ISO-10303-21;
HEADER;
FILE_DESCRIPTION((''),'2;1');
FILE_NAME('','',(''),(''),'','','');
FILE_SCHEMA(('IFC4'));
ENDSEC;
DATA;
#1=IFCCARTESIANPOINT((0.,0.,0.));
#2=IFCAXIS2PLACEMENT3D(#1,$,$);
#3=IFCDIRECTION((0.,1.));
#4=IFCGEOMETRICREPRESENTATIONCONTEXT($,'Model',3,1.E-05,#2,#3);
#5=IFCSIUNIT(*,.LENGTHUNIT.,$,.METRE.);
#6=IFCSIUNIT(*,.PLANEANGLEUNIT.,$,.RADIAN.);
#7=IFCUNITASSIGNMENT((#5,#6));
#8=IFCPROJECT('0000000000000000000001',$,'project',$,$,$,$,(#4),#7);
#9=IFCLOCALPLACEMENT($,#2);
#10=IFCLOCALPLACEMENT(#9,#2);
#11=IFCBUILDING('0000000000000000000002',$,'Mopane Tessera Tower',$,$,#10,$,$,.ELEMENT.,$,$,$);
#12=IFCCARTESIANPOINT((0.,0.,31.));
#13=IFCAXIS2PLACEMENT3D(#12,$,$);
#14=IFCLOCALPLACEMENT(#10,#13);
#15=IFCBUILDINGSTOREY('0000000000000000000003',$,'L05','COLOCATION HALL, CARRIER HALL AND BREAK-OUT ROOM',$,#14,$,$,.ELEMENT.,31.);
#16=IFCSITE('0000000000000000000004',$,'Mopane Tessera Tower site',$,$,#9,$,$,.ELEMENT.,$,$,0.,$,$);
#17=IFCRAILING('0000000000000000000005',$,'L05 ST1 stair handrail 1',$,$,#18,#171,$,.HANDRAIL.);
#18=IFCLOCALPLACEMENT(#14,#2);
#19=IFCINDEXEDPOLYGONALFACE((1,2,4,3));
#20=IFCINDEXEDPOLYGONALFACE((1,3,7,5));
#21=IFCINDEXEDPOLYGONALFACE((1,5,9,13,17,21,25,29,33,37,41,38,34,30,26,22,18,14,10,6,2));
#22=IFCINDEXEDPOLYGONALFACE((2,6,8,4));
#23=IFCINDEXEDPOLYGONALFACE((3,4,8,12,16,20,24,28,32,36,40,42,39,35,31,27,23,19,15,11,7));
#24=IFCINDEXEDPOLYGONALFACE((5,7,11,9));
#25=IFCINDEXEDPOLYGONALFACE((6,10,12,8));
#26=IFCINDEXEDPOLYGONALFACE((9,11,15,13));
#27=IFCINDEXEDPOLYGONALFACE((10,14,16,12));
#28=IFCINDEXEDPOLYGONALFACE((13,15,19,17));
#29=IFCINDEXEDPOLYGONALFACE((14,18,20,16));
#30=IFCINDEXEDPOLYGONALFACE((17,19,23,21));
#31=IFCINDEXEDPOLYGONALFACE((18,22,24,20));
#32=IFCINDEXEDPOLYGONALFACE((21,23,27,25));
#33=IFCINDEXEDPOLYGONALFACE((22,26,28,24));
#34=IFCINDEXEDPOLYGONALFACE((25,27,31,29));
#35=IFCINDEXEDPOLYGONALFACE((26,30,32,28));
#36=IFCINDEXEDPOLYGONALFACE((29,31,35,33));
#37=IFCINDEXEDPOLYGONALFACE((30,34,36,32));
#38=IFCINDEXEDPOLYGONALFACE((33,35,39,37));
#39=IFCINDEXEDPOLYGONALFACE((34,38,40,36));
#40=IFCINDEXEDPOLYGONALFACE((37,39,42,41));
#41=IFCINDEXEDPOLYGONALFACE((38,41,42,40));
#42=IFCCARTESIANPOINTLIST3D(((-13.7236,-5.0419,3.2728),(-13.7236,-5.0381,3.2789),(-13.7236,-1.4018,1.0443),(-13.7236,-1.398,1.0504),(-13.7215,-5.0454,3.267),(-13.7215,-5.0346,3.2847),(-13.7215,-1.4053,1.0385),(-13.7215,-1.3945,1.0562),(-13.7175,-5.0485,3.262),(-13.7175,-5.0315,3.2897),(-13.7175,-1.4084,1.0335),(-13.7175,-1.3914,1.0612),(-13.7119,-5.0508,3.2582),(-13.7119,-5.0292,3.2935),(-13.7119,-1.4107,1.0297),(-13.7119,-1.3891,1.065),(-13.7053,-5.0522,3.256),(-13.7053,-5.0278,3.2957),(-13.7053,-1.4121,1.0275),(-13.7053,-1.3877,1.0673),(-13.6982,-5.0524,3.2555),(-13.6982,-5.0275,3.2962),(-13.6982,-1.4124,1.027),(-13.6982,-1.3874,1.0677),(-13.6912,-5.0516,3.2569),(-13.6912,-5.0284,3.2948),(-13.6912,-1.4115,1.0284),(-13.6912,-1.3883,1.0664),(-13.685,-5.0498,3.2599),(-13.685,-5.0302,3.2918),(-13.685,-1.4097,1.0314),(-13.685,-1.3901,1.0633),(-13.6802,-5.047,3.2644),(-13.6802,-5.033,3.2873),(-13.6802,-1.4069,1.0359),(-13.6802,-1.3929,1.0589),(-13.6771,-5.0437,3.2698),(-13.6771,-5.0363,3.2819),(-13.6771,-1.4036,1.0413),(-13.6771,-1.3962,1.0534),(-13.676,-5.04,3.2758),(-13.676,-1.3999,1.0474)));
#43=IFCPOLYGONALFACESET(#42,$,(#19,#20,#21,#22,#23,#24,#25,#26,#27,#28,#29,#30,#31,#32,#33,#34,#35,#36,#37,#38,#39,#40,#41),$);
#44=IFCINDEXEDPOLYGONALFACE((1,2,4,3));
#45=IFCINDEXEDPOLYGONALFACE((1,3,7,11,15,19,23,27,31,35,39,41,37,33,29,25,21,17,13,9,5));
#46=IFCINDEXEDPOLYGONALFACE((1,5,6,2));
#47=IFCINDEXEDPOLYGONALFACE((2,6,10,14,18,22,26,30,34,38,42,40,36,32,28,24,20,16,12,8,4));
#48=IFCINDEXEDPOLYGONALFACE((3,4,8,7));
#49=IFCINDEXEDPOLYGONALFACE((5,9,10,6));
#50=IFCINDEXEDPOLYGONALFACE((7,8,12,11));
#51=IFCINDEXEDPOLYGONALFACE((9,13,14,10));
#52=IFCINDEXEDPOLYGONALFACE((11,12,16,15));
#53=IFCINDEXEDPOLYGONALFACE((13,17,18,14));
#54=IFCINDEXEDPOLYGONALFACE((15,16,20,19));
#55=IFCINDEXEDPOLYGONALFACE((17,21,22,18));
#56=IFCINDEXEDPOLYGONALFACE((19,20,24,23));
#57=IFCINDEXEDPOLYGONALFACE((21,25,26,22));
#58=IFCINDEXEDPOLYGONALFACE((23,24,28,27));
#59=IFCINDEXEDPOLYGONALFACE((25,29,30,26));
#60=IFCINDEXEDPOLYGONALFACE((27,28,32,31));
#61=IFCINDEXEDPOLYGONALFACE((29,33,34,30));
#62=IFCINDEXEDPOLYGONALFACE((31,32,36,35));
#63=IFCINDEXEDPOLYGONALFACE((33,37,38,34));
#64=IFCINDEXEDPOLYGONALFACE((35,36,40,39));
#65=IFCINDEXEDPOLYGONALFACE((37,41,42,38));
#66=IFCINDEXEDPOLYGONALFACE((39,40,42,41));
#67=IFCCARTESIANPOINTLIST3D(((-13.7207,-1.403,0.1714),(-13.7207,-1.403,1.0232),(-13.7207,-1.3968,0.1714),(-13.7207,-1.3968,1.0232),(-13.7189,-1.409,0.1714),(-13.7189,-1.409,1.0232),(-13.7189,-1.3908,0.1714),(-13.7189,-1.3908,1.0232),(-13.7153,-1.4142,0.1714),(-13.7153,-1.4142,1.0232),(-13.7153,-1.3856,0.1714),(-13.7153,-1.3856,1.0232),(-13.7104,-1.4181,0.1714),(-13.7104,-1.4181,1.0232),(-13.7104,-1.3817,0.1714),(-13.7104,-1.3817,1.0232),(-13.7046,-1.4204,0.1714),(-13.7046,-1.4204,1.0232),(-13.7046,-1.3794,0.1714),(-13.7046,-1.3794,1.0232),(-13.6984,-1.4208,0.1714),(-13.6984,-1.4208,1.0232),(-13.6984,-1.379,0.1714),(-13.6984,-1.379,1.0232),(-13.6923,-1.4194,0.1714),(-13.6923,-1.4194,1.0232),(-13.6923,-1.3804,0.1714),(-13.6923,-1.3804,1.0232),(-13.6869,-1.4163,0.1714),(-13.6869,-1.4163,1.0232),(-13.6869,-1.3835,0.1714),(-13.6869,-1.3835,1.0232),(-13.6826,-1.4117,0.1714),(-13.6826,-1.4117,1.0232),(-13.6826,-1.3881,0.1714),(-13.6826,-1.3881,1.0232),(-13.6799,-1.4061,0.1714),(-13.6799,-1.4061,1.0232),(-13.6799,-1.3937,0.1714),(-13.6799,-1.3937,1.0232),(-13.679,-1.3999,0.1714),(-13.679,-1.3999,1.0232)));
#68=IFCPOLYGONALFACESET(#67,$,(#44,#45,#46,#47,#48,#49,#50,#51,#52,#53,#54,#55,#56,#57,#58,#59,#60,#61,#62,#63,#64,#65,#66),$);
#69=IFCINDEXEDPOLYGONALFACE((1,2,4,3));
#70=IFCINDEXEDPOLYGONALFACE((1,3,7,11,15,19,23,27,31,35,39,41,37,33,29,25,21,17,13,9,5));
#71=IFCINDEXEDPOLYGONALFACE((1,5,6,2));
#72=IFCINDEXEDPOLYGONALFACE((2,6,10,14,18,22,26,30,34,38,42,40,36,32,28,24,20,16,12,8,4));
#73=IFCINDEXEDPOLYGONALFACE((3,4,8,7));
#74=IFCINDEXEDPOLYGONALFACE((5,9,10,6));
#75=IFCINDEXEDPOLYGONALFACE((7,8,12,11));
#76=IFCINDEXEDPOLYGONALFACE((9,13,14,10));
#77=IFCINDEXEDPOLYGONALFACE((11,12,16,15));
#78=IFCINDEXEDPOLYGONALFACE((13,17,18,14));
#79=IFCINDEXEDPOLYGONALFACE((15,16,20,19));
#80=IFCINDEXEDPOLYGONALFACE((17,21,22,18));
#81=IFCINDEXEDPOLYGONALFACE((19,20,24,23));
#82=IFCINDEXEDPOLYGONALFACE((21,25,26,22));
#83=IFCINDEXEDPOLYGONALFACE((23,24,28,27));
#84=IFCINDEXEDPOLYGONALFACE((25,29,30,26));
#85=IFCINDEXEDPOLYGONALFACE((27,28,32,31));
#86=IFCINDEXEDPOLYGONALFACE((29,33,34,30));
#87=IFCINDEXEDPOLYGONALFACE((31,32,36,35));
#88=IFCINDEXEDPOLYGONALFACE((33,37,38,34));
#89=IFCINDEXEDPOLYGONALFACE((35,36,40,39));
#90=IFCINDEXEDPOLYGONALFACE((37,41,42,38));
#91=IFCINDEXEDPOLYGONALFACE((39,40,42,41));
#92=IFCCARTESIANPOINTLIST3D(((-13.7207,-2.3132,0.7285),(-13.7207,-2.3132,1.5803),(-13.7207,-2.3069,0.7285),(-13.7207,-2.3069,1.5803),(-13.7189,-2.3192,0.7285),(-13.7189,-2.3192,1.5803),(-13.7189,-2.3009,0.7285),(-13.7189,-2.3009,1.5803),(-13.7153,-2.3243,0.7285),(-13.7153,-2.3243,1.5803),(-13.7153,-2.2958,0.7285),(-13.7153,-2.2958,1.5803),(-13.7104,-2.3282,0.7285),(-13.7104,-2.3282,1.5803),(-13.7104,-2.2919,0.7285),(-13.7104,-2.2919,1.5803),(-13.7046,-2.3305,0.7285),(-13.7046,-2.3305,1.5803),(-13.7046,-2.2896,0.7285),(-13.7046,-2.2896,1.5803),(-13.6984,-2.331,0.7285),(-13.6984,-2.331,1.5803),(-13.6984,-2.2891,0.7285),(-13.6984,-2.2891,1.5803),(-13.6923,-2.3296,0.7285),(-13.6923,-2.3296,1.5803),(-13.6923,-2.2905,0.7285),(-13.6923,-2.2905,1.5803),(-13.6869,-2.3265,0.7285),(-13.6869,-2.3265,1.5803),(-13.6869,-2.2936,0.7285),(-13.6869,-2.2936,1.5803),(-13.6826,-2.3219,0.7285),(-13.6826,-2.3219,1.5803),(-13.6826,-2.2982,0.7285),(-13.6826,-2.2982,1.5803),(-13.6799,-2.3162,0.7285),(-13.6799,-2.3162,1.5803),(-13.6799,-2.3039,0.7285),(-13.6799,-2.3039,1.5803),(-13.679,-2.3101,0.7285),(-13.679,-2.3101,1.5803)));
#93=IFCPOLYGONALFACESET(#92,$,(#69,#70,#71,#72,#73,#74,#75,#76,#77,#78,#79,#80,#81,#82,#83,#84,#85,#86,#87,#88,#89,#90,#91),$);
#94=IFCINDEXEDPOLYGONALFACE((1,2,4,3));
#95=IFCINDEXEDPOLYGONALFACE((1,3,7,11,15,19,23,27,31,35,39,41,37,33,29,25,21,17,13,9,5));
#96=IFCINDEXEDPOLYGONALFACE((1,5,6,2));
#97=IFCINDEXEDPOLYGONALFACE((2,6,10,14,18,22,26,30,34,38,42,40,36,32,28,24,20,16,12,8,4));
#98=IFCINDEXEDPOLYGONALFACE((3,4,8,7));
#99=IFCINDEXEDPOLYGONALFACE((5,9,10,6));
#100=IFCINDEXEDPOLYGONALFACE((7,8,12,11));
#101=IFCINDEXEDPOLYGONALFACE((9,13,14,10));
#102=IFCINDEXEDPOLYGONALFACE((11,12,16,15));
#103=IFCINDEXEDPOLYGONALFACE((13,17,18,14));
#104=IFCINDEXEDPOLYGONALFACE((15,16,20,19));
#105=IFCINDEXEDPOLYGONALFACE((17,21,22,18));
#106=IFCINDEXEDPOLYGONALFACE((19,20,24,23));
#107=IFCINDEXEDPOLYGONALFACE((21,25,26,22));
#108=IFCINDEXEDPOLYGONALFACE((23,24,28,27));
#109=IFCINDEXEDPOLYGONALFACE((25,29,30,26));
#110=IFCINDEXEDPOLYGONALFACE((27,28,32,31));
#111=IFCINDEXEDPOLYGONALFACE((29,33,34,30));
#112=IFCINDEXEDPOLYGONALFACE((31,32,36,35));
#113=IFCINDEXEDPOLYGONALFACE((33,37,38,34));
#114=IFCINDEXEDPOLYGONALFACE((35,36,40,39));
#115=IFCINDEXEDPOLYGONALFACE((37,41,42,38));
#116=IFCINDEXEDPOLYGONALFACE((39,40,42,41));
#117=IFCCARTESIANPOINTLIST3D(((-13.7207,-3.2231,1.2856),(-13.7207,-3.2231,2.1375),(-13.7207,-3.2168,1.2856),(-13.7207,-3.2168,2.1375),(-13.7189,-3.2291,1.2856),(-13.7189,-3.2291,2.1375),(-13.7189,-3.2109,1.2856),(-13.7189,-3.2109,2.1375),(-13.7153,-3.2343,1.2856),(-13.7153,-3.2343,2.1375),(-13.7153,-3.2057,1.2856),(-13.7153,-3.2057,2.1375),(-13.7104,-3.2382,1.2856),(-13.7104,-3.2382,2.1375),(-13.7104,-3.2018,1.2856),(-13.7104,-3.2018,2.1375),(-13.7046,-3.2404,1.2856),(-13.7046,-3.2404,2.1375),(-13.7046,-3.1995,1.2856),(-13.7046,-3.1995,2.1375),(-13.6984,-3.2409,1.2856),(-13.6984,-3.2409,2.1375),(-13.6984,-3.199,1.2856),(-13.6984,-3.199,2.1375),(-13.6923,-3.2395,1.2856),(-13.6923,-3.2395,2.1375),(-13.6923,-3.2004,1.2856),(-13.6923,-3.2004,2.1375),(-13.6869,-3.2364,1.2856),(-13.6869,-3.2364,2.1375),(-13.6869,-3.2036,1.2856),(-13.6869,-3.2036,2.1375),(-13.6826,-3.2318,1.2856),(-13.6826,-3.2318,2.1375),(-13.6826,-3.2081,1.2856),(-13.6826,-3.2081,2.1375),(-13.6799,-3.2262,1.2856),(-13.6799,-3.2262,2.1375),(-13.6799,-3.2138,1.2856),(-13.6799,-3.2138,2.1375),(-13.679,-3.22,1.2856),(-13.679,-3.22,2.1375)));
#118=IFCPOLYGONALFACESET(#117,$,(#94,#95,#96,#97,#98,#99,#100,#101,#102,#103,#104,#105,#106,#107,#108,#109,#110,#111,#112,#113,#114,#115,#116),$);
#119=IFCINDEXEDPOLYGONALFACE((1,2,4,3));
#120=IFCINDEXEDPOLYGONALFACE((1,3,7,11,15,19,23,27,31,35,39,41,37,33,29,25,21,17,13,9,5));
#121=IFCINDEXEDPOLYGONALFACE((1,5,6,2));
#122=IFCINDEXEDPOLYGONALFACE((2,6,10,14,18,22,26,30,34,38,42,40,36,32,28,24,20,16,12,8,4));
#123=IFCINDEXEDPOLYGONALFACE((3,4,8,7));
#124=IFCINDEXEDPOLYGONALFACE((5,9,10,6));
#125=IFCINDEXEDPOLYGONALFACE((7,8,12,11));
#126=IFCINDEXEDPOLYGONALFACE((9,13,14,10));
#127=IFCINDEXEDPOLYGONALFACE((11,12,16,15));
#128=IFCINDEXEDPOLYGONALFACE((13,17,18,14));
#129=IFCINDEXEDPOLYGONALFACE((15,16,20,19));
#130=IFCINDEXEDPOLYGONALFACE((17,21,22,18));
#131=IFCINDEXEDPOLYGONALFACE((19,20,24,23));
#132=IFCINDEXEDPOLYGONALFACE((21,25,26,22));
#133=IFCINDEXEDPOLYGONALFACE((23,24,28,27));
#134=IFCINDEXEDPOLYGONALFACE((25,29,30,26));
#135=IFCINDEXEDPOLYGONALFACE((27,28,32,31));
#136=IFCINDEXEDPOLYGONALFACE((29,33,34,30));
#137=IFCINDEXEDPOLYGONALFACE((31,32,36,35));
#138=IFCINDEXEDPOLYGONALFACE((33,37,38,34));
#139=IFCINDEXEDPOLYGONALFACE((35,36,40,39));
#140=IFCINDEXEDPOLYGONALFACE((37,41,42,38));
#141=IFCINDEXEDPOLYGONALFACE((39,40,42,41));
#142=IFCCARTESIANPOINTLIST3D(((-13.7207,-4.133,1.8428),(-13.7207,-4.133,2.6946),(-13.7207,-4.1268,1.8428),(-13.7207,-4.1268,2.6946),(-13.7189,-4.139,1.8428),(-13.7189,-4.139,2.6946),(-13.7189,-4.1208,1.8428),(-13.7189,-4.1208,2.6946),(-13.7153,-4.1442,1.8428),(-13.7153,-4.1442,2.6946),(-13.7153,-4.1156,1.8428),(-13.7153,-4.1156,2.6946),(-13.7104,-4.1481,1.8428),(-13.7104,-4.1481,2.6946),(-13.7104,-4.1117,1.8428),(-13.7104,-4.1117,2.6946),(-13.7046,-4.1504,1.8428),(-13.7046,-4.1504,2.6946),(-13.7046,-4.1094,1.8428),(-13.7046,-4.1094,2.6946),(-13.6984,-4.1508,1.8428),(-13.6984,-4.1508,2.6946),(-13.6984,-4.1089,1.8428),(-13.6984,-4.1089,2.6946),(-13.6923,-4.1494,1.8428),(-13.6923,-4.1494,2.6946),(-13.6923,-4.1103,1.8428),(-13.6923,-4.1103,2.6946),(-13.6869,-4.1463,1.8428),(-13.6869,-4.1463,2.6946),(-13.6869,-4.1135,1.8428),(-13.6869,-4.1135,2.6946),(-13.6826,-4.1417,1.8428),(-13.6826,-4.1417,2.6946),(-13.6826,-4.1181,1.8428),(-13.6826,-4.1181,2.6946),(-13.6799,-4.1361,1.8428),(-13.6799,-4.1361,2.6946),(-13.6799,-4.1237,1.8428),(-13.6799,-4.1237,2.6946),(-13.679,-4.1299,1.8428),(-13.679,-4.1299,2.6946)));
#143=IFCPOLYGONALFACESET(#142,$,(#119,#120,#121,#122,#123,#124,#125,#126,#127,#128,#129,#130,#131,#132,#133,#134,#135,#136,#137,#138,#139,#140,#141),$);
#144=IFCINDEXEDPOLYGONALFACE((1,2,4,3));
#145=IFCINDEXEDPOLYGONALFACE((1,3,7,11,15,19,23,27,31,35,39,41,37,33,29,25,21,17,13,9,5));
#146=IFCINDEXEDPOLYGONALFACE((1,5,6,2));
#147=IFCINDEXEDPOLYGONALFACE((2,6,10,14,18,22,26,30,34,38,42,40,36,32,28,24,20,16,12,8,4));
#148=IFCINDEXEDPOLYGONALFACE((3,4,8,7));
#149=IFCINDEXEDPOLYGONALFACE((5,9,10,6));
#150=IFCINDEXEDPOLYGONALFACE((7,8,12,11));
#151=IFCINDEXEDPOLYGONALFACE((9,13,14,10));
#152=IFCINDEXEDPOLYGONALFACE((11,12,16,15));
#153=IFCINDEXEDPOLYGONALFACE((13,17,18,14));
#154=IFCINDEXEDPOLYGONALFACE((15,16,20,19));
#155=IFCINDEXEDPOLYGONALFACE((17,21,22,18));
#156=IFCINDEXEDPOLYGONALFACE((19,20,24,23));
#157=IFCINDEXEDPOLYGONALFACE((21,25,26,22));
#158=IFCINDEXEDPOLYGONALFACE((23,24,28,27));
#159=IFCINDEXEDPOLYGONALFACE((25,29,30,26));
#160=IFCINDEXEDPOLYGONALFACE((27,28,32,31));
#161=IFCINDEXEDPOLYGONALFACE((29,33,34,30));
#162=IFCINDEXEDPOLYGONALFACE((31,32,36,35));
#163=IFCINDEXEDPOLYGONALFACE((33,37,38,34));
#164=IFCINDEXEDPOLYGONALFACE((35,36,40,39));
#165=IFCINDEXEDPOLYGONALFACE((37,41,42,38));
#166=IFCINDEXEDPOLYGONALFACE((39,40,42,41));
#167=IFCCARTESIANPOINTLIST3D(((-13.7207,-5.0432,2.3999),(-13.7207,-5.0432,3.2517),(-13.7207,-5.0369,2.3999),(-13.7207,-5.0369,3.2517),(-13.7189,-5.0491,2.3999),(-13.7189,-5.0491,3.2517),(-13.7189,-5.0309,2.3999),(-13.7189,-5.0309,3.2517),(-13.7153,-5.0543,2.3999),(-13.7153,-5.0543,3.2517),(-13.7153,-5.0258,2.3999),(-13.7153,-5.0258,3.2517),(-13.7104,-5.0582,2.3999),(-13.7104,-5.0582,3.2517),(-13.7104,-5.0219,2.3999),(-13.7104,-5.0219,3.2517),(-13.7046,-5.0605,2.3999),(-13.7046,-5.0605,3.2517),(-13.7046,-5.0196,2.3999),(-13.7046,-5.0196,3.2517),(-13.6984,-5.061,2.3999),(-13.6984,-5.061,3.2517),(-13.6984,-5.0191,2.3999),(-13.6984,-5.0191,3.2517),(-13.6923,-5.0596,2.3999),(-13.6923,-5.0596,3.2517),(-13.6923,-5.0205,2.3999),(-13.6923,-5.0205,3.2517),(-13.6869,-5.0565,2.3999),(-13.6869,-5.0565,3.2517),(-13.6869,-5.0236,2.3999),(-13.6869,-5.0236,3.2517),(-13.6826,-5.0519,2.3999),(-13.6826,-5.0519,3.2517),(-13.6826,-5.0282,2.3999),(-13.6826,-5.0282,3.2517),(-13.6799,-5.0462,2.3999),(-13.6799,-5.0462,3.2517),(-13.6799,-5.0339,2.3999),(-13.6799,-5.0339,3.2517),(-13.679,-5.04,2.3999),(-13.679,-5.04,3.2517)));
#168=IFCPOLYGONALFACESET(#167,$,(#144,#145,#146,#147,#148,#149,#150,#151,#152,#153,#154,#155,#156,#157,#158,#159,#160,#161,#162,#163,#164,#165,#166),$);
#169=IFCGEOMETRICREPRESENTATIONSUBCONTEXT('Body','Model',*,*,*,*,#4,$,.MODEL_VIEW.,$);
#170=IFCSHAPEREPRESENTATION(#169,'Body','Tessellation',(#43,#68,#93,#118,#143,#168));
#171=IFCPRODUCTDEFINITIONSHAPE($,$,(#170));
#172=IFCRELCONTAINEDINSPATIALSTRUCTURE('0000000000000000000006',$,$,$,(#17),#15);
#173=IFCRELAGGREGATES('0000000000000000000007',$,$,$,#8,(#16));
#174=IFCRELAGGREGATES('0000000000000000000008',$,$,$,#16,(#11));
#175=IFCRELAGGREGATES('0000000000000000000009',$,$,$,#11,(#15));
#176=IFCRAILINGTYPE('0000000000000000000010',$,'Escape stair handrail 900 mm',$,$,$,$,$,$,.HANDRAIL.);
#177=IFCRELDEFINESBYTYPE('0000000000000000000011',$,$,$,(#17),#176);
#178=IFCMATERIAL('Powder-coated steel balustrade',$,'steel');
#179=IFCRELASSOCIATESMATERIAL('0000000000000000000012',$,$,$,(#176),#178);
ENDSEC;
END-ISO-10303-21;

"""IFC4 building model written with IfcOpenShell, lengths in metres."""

from ifc_helpers import new_model, si_unit, direction, frame, origin, origin_2d, place, context, subcontext, project, spatial, circle, extrude, material, type_object, element, save


model = new_model("IFC4")

# Units and contexts
model_context = context("Model", 3, precision=1e-05, world=origin(), true_north=direction((0.0, 1.0)))
body_context = subcontext(model_context, "Body", "Model", "MODEL_VIEW")
ifc_project = project(units=[si_unit("LENGTHUNIT", "METRE"), si_unit("PLANEANGLEUNIT", "RADIAN")], contexts=[model_context])

# Site, building, storey
site_placement = place(None, origin())
site = spatial("IfcSite", under=ifc_project, at=site_placement, Name="Mopane Tessera Tower site", CompositionType="ELEMENT", RefElevation=0.0)
building_placement = place(site_placement, origin())
building = spatial("IfcBuilding", under=site, at=building_placement, Name="Mopane Tessera Tower", CompositionType="ELEMENT")
storey_placement = place(building_placement, frame((0.0, 0.0, 31.0)))
storey = spatial("IfcBuildingStorey", under=building, at=storey_placement, Name="L05", Description="COLOCATION HALL, CARRIER HALL AND BREAK-OUT ROOM", CompositionType="ELEMENT", Elevation=31.0)

# Railing
ifc_material_1 = material(Name="Powder-coated steel balustrade", Category="steel")
railing_type_1 = type_object("IfcRailingType", Name="Escape stair handrail 900 mm", PredefinedType="HANDRAIL", material=ifc_material_1)
railing_1_placement = place(storey_placement, frame((-13.7, -1.3999, 0.1714)))
element("IfcRailing", 1, at=railing_1_placement, inside=storey, type_object=railing_type_1, Name="L05 ST1 stair handrail 1", PredefinedType="HANDRAIL", context=body_context, shape_type="SweptSolid", body=[
    extrude(circle(Radius=0.0239, at=origin_2d()), frame((0.0, 0.0, 0.876), z_axis=(0.0, -0.852866, 0.52213), x_axis=(1.0, 0.0, 0.0)), (0.0, 0.0, 1.0), 4.2681),
    extrude(circle(Radius=0.021, at=origin_2d()), origin(), (0.0, 0.0, 1.0), 0.8518),
    extrude(circle(Radius=0.021, at=origin_2d()), frame((0.0, -0.9102, 0.5571)), (0.0, 0.0, 1.0), 0.8518),
    extrude(circle(Radius=0.021, at=origin_2d()), frame((0.0, -1.8201, 1.1143)), (0.0, 0.0, 1.0), 0.8518),
    extrude(circle(Radius=0.021, at=origin_2d()), frame((0.0, -2.73, 1.6714)), (0.0, 0.0, 1.0), 0.8518),
    extrude(circle(Radius=0.021, at=origin_2d()), frame((0.0, -3.6401, 2.2285)), (0.0, 0.0, 1.0), 0.8518),
])

save(model, "model.ifc")
